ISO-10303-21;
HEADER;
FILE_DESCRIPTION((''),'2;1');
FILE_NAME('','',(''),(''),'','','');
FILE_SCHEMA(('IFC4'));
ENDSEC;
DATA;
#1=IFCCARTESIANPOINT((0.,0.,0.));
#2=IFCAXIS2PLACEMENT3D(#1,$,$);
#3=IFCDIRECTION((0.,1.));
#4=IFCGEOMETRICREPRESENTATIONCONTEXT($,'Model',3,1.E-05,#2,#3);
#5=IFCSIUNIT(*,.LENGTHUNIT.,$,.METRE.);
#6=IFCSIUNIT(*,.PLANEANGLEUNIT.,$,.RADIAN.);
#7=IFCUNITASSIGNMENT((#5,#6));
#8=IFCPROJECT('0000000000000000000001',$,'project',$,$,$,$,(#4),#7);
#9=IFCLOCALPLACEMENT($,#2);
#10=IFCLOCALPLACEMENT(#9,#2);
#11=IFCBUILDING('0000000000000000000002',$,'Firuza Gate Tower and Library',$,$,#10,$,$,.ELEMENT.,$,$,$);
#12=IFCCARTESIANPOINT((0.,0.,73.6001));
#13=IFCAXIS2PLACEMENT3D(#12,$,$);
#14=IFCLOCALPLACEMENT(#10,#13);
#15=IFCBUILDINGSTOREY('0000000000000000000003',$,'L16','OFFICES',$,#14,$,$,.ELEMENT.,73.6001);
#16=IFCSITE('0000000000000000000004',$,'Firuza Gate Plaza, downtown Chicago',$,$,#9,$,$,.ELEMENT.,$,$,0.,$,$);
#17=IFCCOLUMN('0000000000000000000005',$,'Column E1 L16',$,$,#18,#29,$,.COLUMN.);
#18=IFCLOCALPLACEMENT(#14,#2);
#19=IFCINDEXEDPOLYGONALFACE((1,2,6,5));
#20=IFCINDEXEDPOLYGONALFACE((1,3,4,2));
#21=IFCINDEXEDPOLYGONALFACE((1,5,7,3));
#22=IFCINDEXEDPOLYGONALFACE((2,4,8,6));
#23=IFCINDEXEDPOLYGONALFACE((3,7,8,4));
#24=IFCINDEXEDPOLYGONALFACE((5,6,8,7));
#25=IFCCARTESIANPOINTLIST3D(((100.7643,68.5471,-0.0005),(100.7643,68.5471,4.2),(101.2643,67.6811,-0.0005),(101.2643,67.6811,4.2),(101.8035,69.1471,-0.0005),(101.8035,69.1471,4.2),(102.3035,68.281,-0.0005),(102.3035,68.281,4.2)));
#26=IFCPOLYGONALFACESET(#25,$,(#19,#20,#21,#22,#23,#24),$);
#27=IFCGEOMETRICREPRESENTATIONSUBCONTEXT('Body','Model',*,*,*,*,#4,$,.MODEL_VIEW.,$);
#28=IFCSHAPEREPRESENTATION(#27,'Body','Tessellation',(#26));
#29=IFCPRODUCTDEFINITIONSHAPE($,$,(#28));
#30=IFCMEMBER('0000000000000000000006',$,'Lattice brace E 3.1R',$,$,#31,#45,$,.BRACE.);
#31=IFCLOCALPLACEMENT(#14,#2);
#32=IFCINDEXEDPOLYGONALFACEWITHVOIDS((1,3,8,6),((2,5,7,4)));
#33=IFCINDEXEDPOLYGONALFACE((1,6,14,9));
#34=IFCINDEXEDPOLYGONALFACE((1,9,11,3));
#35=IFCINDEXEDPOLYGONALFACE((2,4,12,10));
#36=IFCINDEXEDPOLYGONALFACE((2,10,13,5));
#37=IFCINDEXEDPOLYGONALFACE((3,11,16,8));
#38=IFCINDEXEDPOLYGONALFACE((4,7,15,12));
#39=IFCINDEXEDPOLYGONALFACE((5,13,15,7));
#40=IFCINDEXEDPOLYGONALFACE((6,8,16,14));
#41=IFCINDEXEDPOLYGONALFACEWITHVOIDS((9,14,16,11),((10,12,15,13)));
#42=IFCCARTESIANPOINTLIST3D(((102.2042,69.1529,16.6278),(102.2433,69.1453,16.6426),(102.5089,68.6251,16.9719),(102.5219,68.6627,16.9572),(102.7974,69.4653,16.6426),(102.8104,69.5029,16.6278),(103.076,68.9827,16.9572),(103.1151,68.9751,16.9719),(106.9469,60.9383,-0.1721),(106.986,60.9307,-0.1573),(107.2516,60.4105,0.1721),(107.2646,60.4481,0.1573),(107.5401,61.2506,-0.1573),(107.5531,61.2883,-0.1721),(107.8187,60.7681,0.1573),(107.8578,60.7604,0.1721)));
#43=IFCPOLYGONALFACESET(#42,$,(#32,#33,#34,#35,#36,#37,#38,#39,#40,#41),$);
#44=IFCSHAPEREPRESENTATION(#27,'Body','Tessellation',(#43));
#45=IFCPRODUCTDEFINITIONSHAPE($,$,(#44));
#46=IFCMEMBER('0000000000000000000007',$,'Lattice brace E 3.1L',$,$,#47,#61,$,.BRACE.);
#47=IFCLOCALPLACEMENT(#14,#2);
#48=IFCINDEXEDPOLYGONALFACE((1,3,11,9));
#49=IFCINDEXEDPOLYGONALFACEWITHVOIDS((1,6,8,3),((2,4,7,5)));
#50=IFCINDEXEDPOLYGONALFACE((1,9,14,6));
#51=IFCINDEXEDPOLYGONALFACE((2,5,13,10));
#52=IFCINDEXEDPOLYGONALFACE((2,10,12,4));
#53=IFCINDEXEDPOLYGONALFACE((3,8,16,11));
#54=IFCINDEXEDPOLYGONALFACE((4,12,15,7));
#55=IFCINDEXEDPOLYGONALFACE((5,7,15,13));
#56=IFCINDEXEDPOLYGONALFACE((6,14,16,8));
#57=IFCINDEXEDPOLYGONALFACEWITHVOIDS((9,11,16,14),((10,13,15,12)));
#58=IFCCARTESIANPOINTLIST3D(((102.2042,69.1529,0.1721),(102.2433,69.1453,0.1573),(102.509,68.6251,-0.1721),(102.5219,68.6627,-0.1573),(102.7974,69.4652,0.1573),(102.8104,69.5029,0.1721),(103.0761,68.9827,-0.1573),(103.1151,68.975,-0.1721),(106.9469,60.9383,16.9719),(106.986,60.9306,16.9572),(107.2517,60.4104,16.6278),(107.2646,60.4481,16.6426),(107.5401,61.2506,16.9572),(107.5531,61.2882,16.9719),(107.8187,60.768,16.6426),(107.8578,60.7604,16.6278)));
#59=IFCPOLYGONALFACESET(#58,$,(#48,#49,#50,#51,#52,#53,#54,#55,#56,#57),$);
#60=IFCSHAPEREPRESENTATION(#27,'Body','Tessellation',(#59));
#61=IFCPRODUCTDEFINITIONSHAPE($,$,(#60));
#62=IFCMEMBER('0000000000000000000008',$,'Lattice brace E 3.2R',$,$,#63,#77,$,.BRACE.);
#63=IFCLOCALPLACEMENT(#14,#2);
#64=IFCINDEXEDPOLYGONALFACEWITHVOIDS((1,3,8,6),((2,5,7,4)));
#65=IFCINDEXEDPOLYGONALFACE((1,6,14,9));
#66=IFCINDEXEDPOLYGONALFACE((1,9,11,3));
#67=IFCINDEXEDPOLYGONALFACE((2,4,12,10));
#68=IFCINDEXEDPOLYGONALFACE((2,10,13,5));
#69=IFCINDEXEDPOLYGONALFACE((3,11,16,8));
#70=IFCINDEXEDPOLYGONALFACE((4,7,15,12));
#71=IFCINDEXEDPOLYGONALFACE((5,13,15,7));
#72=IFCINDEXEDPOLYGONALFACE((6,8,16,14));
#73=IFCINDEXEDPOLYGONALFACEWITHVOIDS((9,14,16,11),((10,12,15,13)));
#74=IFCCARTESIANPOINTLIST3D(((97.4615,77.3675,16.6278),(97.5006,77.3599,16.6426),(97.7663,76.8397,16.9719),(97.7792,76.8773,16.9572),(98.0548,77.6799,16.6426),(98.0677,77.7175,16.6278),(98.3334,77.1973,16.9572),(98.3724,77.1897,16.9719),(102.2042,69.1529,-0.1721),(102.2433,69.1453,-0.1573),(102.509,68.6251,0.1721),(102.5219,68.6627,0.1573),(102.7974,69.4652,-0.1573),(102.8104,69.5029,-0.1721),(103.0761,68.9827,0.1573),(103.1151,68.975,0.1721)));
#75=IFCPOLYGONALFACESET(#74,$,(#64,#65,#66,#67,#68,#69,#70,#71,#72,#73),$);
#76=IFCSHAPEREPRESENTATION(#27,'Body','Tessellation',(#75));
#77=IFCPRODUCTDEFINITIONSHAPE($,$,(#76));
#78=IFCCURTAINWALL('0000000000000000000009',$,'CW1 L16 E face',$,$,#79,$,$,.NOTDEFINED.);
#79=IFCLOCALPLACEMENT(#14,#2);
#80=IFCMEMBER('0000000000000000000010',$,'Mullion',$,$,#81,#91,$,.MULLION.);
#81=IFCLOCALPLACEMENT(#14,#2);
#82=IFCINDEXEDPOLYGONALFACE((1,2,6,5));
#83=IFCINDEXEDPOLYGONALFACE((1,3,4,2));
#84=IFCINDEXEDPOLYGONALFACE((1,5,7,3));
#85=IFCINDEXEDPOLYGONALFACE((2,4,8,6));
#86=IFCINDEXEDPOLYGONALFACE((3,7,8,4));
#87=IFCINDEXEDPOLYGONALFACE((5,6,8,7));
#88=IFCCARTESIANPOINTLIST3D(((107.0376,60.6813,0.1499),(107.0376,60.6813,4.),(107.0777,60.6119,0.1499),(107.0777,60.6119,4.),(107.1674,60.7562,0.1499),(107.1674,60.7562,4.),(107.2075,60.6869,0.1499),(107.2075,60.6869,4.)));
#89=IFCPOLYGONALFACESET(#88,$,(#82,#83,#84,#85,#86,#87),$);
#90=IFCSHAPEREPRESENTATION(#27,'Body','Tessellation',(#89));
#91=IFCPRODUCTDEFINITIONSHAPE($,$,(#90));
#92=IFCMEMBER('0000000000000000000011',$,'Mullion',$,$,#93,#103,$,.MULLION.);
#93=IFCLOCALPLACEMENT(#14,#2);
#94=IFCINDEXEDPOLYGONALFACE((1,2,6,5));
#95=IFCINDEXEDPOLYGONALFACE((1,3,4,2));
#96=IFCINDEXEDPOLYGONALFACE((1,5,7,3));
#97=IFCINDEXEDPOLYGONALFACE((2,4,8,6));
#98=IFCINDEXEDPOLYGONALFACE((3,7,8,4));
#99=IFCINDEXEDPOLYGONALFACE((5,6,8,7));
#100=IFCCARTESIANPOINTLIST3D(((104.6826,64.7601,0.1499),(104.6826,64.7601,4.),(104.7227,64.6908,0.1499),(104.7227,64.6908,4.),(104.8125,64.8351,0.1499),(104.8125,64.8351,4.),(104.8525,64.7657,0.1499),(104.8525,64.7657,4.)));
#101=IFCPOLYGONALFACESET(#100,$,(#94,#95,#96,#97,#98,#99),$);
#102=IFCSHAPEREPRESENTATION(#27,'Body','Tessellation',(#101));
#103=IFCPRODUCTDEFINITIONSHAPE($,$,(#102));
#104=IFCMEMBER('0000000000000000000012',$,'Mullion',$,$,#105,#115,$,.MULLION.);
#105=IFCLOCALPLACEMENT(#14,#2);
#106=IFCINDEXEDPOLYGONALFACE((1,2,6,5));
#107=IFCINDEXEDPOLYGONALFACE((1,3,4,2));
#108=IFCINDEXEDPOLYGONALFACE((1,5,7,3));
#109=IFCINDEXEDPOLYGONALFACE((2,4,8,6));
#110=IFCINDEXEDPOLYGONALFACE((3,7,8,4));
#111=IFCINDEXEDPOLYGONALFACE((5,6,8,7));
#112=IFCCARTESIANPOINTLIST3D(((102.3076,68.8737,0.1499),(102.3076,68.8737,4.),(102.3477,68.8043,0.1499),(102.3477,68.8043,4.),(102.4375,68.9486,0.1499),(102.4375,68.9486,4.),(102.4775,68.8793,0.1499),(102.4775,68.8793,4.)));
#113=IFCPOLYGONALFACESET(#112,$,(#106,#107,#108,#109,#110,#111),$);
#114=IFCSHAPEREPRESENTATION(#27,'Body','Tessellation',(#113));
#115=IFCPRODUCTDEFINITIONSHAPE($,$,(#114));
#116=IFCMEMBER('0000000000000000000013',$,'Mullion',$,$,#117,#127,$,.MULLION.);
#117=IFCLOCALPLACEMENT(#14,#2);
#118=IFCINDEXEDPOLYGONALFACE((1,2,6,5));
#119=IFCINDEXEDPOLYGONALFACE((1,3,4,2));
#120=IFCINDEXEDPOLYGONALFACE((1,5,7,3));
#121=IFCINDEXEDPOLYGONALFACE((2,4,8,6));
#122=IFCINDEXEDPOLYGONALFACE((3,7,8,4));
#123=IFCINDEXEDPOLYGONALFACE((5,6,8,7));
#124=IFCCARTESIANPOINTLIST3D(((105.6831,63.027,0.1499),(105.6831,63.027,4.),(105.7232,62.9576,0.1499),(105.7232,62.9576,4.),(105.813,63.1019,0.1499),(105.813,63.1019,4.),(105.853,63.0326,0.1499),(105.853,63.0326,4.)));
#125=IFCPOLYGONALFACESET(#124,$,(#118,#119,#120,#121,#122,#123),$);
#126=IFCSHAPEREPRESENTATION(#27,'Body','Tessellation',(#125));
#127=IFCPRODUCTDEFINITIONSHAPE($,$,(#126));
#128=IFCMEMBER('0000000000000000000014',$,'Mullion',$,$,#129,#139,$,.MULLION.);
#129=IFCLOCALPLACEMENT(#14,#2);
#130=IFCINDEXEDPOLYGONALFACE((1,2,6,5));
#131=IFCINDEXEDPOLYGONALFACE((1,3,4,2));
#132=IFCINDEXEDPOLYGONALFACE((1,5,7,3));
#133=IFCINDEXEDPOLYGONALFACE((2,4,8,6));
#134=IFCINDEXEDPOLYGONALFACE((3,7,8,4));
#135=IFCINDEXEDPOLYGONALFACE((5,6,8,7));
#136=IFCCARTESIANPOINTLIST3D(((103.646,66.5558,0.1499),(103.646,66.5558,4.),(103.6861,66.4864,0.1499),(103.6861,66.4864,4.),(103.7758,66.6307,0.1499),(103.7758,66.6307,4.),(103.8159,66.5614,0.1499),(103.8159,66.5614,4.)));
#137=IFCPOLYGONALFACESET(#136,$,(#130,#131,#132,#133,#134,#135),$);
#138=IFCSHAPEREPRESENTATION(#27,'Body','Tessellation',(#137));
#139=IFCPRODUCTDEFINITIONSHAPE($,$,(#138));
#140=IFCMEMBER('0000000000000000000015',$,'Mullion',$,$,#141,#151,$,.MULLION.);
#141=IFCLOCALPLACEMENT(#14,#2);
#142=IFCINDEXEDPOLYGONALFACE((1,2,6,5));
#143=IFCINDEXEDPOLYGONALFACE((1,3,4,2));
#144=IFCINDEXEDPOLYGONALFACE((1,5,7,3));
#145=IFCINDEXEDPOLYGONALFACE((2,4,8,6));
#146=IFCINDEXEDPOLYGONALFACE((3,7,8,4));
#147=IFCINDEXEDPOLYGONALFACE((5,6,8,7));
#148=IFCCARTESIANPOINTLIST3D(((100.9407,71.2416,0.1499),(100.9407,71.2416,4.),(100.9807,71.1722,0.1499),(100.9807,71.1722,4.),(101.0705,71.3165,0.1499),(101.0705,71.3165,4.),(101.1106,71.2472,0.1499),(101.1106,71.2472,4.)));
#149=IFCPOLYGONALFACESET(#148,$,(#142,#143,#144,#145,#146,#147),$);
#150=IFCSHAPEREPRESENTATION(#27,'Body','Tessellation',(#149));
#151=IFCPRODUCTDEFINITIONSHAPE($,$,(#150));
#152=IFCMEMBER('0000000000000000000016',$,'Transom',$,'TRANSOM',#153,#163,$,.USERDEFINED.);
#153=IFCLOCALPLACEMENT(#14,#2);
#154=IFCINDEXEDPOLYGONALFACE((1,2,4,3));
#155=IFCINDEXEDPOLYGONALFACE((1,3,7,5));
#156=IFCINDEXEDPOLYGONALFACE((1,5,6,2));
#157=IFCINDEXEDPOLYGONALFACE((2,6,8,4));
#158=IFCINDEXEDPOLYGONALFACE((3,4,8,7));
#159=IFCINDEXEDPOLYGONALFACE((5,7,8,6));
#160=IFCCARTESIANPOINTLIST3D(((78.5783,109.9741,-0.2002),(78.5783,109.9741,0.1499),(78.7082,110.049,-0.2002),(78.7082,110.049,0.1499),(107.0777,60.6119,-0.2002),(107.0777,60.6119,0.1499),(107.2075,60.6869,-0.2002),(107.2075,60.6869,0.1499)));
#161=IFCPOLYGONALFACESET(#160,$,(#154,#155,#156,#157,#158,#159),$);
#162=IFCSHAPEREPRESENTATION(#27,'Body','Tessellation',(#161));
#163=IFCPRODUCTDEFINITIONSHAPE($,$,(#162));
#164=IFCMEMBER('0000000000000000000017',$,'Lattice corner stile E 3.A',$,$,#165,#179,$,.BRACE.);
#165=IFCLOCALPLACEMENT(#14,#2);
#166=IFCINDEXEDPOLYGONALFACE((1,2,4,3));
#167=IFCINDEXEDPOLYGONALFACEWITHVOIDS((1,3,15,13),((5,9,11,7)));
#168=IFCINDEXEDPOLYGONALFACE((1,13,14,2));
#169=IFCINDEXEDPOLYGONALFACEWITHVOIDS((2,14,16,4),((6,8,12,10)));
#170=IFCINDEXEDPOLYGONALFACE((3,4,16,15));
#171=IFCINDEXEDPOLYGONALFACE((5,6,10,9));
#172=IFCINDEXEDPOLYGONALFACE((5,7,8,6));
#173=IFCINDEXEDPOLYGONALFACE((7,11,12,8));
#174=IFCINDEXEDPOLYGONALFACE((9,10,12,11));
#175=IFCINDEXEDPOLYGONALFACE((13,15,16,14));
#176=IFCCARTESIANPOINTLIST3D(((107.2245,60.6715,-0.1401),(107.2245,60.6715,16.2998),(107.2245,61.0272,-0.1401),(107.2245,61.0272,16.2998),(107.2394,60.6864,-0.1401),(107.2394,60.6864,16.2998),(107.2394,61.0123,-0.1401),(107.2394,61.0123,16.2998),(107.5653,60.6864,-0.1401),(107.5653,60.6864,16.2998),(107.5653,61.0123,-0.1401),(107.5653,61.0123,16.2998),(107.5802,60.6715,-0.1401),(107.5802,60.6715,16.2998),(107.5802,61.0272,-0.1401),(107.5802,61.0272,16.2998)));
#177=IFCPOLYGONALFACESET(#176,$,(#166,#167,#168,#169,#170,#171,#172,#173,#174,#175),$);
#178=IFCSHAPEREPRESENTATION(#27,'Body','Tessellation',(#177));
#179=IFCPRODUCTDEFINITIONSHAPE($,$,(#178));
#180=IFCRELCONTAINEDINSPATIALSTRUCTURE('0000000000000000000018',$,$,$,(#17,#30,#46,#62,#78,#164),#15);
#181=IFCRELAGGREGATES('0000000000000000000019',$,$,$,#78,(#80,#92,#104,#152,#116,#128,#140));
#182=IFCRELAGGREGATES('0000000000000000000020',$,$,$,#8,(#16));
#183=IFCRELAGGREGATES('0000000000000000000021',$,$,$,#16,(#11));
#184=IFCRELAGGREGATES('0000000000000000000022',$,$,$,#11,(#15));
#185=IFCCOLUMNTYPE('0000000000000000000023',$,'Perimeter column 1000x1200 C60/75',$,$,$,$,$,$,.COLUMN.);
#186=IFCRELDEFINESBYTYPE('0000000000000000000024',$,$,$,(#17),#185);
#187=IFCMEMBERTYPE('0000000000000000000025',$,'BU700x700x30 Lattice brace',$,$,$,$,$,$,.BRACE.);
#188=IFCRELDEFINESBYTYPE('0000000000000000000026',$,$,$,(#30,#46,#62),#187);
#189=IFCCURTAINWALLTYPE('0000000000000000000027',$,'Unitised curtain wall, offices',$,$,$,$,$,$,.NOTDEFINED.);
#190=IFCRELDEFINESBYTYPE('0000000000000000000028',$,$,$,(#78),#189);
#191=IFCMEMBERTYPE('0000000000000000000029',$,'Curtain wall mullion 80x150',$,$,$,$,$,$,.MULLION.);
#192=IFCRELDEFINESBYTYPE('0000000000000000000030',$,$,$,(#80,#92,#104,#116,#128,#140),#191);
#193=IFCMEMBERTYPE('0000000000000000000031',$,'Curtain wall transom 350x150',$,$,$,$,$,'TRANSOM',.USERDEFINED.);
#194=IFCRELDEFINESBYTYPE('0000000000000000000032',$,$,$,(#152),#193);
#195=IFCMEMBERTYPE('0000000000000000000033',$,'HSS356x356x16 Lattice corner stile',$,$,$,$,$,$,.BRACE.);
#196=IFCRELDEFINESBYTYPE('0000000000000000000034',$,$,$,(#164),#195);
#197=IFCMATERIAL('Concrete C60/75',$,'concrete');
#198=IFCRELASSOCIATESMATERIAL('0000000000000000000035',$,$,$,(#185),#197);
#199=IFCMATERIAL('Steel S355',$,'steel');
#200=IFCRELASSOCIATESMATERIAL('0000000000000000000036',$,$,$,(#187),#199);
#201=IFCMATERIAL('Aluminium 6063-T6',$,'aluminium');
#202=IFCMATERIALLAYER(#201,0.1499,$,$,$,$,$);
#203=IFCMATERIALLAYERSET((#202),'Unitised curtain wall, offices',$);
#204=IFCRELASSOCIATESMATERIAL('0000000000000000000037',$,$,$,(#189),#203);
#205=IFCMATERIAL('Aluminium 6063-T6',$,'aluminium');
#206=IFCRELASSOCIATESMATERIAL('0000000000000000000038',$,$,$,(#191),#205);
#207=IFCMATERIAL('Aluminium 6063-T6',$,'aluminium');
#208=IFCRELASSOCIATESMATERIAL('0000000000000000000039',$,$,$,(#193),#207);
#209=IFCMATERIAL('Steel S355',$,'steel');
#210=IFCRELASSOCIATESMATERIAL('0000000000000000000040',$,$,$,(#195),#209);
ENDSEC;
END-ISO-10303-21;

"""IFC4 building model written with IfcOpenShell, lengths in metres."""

from ifc_helpers import new_model, si_unit, direction, frame, origin, origin_2d, place, context, subcontext, project, spatial, rectangle, hollow_rectangle, extrude, material, layer, layer_set, material_profile, profile_set, type_object, element, aggregate, save


model = new_model("IFC4")

# Units and contexts
model_context = context("Model", 3, precision=1e-05, world=origin(), true_north=direction((0.0, 1.0)))
body_context = subcontext(model_context, "Body", "Model", "MODEL_VIEW")
ifc_project = project(units=[si_unit("LENGTHUNIT", "METRE"), si_unit("PLANEANGLEUNIT", "RADIAN")], contexts=[model_context])

# Site, building, storey
site_placement = place(None, origin())
site = spatial("IfcSite", under=ifc_project, at=site_placement, Name="Firuza Gate Plaza, downtown Chicago", CompositionType="ELEMENT", RefElevation=0.0)
building_placement = place(site_placement, origin())
building = spatial("IfcBuilding", under=site, at=building_placement, Name="Firuza Gate Tower and Library", CompositionType="ELEMENT")
storey_placement = place(building_placement, frame((0.0, 0.0, 73.6001)))
storey = spatial("IfcBuildingStorey", under=building, at=storey_placement, Name="L16", Description="OFFICES", CompositionType="ELEMENT", Elevation=73.6001)

# Column
ifc_material_1 = material(Name="Concrete C60/75", Category="concrete")
ifc_material_profile_1 = material_profile(ifc_material_1, rectangle(XDim=1.0, YDim=1.2, at=origin_2d()))
ifc_profile_set_1 = profile_set([ifc_material_profile_1], Name="Concrete C60/75")
column_type = type_object("IfcColumnType", Name="Perimeter column 1000x1200 C60/75", PredefinedType="COLUMN", material=ifc_profile_set_1)
column_placement = place(storey_placement, frame((101.5339, 68.4141, -0.0005), z_axis=(0.0, 0.0, 1.0), x_axis=(-0.5, 0.866025, 0.0)))
element("IfcColumn", 1, at=column_placement, inside=storey, type_object=column_type, Name="Column E1 L16", PredefinedType="COLUMN", context=body_context, shape_type="SweptSolid", body=[
    extrude(rectangle(XDim=1.0, YDim=1.2, at=origin_2d()), origin(), (0.0, 0.0, 1.0), 4.2004),
])

# Members
ifc_material_2 = material(Name="Steel S355", Category="steel")
ifc_material_profile_2 = material_profile(ifc_material_2, hollow_rectangle(XDim=0.7, YDim=0.7, WallThickness=0.03, at=origin_2d()))
ifc_profile_set_2 = profile_set([ifc_material_profile_2], Name="Steel S355")
member_type_1 = type_object("IfcMemberType", Name="BU700x700x30 Lattice brace", PredefinedType="BRACE", material=ifc_profile_set_2)
for number, where, z_axis, x_axis, name in (
    (2, (107.4023, 60.8494, 0.0), (-0.245828, 0.425789, 0.870788), (-0.866027, -0.499998, 0.0), "Lattice brace E 3.1R"),
    (3, (102.6597, 69.064, 0.0), (0.245828, -0.425789, 0.870788), (0.866027, 0.499998, 0.0), "Lattice brace E 3.1L"),
    (4, (102.6597, 69.064, 0.0), (-0.245828, 0.425789, 0.870788), (-0.866027, -0.499998, 0.0), "Lattice brace E 3.2R"),
):
    element("IfcMember", number, at=place(storey_placement, frame(where, z_axis=z_axis, x_axis=x_axis)), inside=storey, type_object=member_type_1, Name=name, PredefinedType="BRACE", context=body_context, shape_type="SweptSolid", body=[
        extrude(hollow_rectangle(XDim=0.7, YDim=0.7, WallThickness=0.03, at=origin_2d()), origin(), (0.0, 0.0, 1.0), 19.2927),
    ])

# Curtain wall, members
ifc_material_3 = material(Name="Aluminium 6063-T6", Category="aluminium")
ifc_layer_1 = layer(ifc_material_3, 0.1499)
ifc_layer_set_1 = layer_set([ifc_layer_1], Name="Unitised curtain wall, offices")
curtain_wall_type = type_object("IfcCurtainWallType", Name="Unitised curtain wall, offices", PredefinedType="NOTDEFINED", material=ifc_layer_set_1)
curtain_wall_placement = place(storey_placement, origin())
curtain_wall = element("IfcCurtainWall", 5, at=curtain_wall_placement, inside=storey, type_object=curtain_wall_type, Name="CW1 L16 E face", PredefinedType="NOTDEFINED")
ifc_material_4 = material(Name="Aluminium 6063-T6", Category="aluminium")
ifc_material_profile_3 = material_profile(ifc_material_4, rectangle(XDim=0.1499, YDim=0.0801, at=origin_2d()))
ifc_profile_set_3 = profile_set([ifc_material_profile_3], Name="Aluminium 6063-T6")
member_type_2 = type_object("IfcMemberType", Name="Curtain wall mullion 80x150", PredefinedType="MULLION", material=ifc_profile_set_3)
member_1_placement = place(storey_placement, frame((107.1226, 60.6841, 0.1499), z_axis=(0.0, 0.0, 1.0), x_axis=(-0.866025, -0.5, 0.0)))
member_1 = element("IfcMember", 6, at=member_1_placement, type_object=member_type_2, Name="Mullion", PredefinedType="MULLION", context=body_context, shape_type="SweptSolid", body=[
    extrude(rectangle(XDim=0.1499, YDim=0.0801, at=origin_2d()), origin(), (0.0, 0.0, 1.0), 3.8501),
])
member_2_placement = place(storey_placement, frame((104.7676, 64.7629, 0.1499), z_axis=(0.0, 0.0, 1.0), x_axis=(-0.866025, -0.5, 0.0)))
member_2 = element("IfcMember", 7, at=member_2_placement, type_object=member_type_2, Name="Mullion", PredefinedType="MULLION", context=body_context, shape_type="SweptSolid", body=[
    extrude(rectangle(XDim=0.1499, YDim=0.0801, at=origin_2d()), origin(), (0.0, 0.0, 1.0), 3.8501),
])
member_3_placement = place(storey_placement, frame((102.3926, 68.8765, 0.1499), z_axis=(0.0, 0.0, 1.0), x_axis=(-0.866025, -0.5, 0.0)))
member_3 = element("IfcMember", 8, at=member_3_placement, type_object=member_type_2, Name="Mullion", PredefinedType="MULLION", context=body_context, shape_type="SweptSolid", body=[
    extrude(rectangle(XDim=0.1499, YDim=0.0801, at=origin_2d()), origin(), (0.0, 0.0, 1.0), 3.8501),
])
member_4_placement = place(storey_placement, frame((105.7681, 63.0298, 0.1499), z_axis=(0.0, 0.0, 1.0), x_axis=(-0.866025, -0.5, 0.0)))
member_4 = element("IfcMember", 9, at=member_4_placement, type_object=member_type_2, Name="Mullion", PredefinedType="MULLION", context=body_context, shape_type="SweptSolid", body=[
    extrude(rectangle(XDim=0.1499, YDim=0.0801, at=origin_2d()), origin(), (0.0, 0.0, 1.0), 3.8501),
])
member_5_placement = place(storey_placement, frame((103.731, 66.5586, 0.1499), z_axis=(0.0, 0.0, 1.0), x_axis=(-0.866025, -0.5, 0.0)))
member_5 = element("IfcMember", 10, at=member_5_placement, type_object=member_type_2, Name="Mullion", PredefinedType="MULLION", context=body_context, shape_type="SweptSolid", body=[
    extrude(rectangle(XDim=0.1499, YDim=0.0801, at=origin_2d()), origin(), (0.0, 0.0, 1.0), 3.8501),
])
member_6_placement = place(storey_placement, frame((101.0256, 71.2444, 0.1499), z_axis=(0.0, 0.0, 1.0), x_axis=(-0.866025, -0.5, 0.0)))
member_6 = element("IfcMember", 11, at=member_6_placement, type_object=member_type_2, Name="Mullion", PredefinedType="MULLION", context=body_context, shape_type="SweptSolid", body=[
    extrude(rectangle(XDim=0.1499, YDim=0.0801, at=origin_2d()), origin(), (0.0, 0.0, 1.0), 3.8501),
])
ifc_material_5 = material(Name="Aluminium 6063-T6", Category="aluminium")
ifc_material_profile_4 = material_profile(ifc_material_5, rectangle(XDim=0.1499, YDim=0.3501, at=origin_2d()))
ifc_profile_set_4 = profile_set([ifc_material_profile_4], Name="Aluminium 6063-T6")
member_type_3 = type_object("IfcMemberType", Name="Curtain wall transom 350x150", ElementType="TRANSOM", PredefinedType="USERDEFINED", material=ifc_profile_set_4)
member_7_placement = place(storey_placement, frame((107.1426, 60.6494, -0.0251), z_axis=(-0.500001, 0.866025, 0.0), x_axis=(-0.866025, -0.500001, 0.0)))
member_7 = element("IfcMember", 12, at=member_7_placement, type_object=member_type_3, Name="Transom", ObjectType="TRANSOM", PredefinedType="USERDEFINED", context=body_context, shape_type="SweptSolid", body=[
    extrude(rectangle(XDim=0.1499, YDim=0.3501, at=origin_2d()), origin(), (0.0, 0.0, 1.0), 56.9985),
])

# Member
ifc_material_6 = material(Name="Steel S355", Category="steel")
ifc_material_profile_5 = material_profile(ifc_material_6, hollow_rectangle(XDim=0.3557, YDim=0.3557, WallThickness=0.0149, at=origin_2d()))
ifc_profile_set_5 = profile_set([ifc_material_profile_5], Name="Steel S355")
member_type_4 = type_object("IfcMemberType", Name="HSS356x356x16 Lattice corner stile", PredefinedType="BRACE", material=ifc_profile_set_5)
member_8_placement = place(storey_placement, frame((107.4023, 60.8494, -0.1401), z_axis=(0.0, 0.0, 1.0), x_axis=(1.0, 0.0, 0.0)))
element("IfcMember", 13, at=member_8_placement, inside=storey, type_object=member_type_4, Name="Lattice corner stile E 3.A", PredefinedType="BRACE", context=body_context, shape_type="SweptSolid", body=[
    extrude(hollow_rectangle(XDim=0.3557, YDim=0.3557, WallThickness=0.0149, at=origin_2d()), origin(), (0.0, 0.0, 1.0), 16.4399),
])

aggregate(curtain_wall, [member_1, member_2, member_3, member_7, member_4, member_5, member_6])

save(model, "model.ifc")
